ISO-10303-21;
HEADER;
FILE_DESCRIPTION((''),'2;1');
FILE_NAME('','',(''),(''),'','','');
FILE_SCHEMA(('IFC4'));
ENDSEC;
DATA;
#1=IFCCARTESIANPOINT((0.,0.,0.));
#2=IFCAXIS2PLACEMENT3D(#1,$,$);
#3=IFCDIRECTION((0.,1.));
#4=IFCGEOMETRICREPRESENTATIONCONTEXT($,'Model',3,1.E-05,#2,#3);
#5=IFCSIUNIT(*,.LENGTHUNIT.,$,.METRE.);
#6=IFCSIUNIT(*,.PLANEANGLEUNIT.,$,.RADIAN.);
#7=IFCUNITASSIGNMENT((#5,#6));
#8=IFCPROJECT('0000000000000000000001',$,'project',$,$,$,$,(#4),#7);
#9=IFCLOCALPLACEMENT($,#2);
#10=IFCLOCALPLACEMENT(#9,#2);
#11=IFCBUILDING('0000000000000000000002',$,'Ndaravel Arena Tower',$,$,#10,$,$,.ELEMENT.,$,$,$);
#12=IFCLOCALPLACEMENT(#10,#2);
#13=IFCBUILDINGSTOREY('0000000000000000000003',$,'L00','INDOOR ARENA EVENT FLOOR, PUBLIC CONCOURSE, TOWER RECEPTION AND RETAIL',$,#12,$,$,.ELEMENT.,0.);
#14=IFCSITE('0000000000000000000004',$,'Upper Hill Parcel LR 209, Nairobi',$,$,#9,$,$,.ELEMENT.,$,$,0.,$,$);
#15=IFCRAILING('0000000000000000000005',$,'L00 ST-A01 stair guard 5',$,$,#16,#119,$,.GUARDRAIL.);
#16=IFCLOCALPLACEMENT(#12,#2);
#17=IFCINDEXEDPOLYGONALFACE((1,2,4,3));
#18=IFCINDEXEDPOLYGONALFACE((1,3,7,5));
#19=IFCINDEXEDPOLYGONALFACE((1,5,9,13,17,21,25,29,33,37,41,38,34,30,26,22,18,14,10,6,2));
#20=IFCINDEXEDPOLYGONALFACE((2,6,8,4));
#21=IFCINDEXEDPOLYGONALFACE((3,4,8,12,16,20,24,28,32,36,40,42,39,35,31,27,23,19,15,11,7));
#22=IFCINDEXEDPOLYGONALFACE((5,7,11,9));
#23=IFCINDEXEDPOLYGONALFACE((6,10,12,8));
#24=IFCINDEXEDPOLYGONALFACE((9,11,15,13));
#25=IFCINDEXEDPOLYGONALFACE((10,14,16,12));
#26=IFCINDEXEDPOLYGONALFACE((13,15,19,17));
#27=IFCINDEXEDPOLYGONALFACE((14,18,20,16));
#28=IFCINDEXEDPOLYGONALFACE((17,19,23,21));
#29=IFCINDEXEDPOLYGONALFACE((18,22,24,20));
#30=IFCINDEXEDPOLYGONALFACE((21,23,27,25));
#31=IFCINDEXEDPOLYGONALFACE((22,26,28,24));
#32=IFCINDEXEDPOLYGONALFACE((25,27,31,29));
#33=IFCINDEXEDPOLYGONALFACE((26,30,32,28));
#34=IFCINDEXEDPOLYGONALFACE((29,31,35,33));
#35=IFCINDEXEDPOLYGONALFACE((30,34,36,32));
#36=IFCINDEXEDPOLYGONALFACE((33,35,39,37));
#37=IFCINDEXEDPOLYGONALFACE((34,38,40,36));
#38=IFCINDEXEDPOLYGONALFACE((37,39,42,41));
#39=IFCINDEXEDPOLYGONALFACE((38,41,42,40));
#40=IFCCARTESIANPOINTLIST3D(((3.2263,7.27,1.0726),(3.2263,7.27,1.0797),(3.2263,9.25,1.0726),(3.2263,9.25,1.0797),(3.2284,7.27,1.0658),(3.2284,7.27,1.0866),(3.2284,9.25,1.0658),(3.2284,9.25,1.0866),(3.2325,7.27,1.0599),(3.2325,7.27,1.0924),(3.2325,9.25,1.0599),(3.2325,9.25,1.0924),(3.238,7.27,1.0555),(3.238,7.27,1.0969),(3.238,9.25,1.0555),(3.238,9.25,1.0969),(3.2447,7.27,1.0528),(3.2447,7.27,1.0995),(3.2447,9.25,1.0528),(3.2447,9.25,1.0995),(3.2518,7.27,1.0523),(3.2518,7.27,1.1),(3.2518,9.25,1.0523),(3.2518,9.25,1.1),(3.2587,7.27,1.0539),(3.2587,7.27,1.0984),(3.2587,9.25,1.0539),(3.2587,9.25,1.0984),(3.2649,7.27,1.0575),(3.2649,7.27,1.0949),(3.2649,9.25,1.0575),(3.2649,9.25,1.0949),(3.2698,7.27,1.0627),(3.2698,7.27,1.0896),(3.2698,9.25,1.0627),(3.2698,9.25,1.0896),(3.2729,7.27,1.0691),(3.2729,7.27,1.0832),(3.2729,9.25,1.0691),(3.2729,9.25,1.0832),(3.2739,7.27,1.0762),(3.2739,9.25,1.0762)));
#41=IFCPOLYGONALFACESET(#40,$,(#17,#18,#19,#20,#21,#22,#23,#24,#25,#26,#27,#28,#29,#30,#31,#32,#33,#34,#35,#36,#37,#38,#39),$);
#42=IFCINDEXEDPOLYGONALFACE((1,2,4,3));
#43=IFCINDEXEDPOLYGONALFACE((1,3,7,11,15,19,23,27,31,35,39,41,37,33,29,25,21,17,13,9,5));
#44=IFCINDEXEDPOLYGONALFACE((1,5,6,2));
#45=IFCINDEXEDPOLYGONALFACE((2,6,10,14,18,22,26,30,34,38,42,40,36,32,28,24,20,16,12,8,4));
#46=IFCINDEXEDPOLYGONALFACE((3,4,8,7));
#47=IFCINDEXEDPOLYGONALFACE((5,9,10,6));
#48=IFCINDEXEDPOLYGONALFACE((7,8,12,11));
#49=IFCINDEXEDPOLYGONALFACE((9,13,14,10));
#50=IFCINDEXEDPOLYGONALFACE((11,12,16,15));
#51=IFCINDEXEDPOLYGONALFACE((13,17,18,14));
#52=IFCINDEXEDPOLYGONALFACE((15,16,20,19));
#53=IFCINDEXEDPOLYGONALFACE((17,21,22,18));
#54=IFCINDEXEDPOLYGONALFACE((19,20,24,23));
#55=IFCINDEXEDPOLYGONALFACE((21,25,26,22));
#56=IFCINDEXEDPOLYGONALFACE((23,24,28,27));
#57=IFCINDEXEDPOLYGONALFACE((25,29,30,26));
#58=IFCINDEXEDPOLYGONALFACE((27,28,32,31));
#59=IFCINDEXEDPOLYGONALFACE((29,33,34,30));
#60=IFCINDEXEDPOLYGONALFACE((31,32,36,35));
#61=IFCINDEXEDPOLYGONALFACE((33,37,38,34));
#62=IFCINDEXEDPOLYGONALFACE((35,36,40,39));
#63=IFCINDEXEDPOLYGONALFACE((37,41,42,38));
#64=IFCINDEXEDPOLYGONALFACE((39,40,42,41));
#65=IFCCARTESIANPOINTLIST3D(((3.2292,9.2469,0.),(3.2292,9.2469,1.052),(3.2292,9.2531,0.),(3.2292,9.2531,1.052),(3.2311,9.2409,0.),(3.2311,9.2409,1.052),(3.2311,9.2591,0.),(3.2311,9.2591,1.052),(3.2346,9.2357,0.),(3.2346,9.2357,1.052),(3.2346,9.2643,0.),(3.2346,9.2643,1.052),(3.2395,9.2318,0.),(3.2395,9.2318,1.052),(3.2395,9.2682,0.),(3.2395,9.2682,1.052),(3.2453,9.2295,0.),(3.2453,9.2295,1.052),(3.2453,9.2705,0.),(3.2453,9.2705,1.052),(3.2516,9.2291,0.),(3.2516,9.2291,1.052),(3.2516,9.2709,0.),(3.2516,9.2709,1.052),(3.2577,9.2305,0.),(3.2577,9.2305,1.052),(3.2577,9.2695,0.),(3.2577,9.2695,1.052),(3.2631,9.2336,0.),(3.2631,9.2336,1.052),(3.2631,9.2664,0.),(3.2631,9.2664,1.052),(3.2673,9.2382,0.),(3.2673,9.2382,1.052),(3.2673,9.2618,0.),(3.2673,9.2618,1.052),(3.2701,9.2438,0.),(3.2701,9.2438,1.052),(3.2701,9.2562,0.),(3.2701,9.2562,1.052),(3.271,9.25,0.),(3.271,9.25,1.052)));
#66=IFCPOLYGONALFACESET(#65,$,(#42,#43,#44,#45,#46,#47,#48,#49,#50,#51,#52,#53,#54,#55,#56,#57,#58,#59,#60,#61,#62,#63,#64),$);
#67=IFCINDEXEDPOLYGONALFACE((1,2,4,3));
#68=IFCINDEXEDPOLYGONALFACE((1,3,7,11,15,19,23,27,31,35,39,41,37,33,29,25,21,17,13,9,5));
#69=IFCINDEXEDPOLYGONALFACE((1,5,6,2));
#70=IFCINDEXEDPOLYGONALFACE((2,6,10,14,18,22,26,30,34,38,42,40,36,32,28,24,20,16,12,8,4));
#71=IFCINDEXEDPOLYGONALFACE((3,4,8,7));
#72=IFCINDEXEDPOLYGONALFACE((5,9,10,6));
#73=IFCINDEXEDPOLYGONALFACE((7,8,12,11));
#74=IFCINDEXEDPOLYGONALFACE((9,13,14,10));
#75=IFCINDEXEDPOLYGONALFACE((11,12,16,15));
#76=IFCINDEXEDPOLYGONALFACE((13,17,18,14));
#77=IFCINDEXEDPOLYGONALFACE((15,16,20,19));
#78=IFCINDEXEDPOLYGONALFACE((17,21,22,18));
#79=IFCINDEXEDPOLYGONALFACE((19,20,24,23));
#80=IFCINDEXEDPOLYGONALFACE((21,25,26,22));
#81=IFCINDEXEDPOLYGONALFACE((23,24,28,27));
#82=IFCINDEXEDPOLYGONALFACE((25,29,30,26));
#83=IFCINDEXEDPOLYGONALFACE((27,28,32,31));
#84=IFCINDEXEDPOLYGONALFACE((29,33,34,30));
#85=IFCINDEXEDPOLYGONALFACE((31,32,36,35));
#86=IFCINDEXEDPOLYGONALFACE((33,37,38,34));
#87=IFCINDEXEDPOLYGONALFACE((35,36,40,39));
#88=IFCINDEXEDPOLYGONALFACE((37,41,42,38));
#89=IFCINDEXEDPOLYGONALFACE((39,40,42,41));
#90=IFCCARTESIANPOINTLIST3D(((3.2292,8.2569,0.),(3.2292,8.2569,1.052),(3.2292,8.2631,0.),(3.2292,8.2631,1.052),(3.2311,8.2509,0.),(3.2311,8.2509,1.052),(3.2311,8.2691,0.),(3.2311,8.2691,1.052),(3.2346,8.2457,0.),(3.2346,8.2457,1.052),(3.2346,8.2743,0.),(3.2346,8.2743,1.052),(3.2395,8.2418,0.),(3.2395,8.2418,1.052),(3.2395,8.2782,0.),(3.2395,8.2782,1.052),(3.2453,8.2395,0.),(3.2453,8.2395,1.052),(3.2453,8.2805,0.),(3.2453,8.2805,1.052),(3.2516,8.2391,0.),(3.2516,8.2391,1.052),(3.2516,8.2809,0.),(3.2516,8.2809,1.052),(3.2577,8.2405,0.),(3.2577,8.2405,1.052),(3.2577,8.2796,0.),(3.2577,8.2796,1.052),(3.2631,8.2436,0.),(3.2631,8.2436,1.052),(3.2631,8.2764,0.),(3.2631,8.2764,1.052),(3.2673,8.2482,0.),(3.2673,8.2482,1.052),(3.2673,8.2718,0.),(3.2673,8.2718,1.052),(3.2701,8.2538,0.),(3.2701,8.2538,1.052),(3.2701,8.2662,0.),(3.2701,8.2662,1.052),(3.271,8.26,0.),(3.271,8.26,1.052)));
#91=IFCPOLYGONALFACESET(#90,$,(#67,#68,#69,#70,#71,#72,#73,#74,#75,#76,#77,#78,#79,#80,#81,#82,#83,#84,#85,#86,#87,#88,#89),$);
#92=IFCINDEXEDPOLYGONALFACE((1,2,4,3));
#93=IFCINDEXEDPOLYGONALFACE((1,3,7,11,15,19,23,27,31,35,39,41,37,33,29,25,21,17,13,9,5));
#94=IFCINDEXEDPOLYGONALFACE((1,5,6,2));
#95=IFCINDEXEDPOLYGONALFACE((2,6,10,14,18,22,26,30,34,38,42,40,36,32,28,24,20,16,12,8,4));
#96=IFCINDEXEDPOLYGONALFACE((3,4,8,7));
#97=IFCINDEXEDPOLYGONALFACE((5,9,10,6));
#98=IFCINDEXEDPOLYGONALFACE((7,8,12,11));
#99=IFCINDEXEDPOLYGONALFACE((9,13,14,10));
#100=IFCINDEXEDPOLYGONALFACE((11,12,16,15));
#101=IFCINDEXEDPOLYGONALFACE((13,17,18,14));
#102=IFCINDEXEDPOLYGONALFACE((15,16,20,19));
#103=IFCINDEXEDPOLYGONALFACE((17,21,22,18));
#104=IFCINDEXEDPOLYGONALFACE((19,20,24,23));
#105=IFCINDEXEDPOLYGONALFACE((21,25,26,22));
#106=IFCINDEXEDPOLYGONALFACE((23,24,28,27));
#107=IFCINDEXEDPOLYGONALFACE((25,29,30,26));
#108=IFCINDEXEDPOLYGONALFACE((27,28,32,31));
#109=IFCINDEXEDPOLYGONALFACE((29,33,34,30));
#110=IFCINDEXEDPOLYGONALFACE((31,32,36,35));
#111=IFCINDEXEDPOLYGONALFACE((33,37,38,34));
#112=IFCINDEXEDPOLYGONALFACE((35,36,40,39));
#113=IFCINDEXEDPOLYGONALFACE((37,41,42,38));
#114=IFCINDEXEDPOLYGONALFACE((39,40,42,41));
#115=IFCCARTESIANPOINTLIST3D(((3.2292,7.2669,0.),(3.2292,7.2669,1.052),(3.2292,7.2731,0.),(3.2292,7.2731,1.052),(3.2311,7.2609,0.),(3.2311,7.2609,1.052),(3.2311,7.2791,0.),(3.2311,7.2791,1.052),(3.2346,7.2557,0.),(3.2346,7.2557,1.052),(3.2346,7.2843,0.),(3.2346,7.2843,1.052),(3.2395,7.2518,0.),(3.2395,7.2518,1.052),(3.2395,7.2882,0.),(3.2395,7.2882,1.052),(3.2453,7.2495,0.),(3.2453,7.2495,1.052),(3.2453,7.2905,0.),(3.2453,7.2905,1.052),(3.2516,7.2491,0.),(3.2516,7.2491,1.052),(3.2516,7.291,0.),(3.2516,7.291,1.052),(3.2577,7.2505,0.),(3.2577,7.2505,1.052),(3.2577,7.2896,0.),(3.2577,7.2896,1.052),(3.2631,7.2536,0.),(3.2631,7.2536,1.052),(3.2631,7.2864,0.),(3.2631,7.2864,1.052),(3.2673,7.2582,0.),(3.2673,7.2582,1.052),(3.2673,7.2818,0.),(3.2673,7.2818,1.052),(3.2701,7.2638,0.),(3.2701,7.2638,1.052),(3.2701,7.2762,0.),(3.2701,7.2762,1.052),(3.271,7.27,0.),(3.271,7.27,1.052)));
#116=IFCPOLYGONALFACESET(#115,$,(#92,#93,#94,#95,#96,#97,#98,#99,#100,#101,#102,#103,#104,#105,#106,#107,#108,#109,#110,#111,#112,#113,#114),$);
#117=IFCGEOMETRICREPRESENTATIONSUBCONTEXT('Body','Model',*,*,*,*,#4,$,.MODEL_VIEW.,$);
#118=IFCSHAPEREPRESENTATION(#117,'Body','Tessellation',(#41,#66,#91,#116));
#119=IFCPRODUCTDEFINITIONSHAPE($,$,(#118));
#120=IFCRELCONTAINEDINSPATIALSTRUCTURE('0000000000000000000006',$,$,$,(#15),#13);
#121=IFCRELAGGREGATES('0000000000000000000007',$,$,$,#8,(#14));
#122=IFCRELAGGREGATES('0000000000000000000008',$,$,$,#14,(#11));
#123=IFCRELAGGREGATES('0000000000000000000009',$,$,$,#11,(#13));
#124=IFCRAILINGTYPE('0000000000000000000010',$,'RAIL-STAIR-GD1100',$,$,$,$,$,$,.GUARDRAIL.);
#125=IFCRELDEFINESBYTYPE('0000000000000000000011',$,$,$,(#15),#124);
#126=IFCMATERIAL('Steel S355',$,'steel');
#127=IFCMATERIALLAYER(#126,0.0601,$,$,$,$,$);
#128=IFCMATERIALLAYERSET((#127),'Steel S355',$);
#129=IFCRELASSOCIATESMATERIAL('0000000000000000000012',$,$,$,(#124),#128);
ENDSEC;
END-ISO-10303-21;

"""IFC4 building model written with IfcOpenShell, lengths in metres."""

from ifc_helpers import new_model, si_unit, direction, frame, origin, origin_2d, place, context, subcontext, project, spatial, circle, extrude, material, layer, layer_set, type_object, element, save


model = new_model("IFC4")

# Units and contexts
model_context = context("Model", 3, precision=1e-05, world=origin(), true_north=direction((0.0, 1.0)))
body_context = subcontext(model_context, "Body", "Model", "MODEL_VIEW")
ifc_project = project(units=[si_unit("LENGTHUNIT", "METRE"), si_unit("PLANEANGLEUNIT", "RADIAN")], contexts=[model_context])

# Site, building, storey
site_placement = place(None, origin())
site = spatial("IfcSite", under=ifc_project, at=site_placement, Name="Upper Hill Parcel LR 209, Nairobi", CompositionType="ELEMENT", RefElevation=0.0)
building_placement = place(site_placement, origin())
building = spatial("IfcBuilding", under=site, at=building_placement, Name="Ndaravel Arena Tower", CompositionType="ELEMENT")
storey_placement = place(building_placement, origin())
storey = spatial("IfcBuildingStorey", under=building, at=storey_placement, Name="L00", Description="INDOOR ARENA EVENT FLOOR, PUBLIC CONCOURSE, TOWER RECEPTION AND RETAIL", CompositionType="ELEMENT", Elevation=0.0)

# Railing
ifc_material_1 = material(Name="Steel S355", Category="steel")
ifc_layer_1 = layer(ifc_material_1, 0.0601)
ifc_layer_set_1 = layer_set([ifc_layer_1], Name="Steel S355")
railing_type_1 = type_object("IfcRailingType", Name="RAIL-STAIR-GD1100", PredefinedType="GUARDRAIL", material=ifc_layer_set_1)
railing_1_placement = place(storey_placement, frame((3.25, 9.25, 0.0)))
element("IfcRailing", 1, at=railing_1_placement, inside=storey, type_object=railing_type_1, Name="L00 ST-A01 stair guard 5", PredefinedType="GUARDRAIL", context=body_context, shape_type="SweptSolid", body=[
    extrude(circle(Radius=0.0239, at=origin_2d()), frame((0.0, 0.0, 1.0762), z_axis=(0.0, -1.0, 0.0), x_axis=(1.0, 0.0, 0.0)), (0.0, 0.0, 1.0), 1.98),
    extrude(circle(Radius=0.021, at=origin_2d()), origin(), (0.0, 0.0, 1.0), 1.052),
    extrude(circle(Radius=0.021, at=origin_2d()), frame((0.0, -0.99, 0.0)), (0.0, 0.0, 1.0), 1.052),
    extrude(circle(Radius=0.021, at=origin_2d()), frame((0.0, -1.98, 0.0)), (0.0, 0.0, 1.0), 1.052),
])

save(model, "model.ifc")
